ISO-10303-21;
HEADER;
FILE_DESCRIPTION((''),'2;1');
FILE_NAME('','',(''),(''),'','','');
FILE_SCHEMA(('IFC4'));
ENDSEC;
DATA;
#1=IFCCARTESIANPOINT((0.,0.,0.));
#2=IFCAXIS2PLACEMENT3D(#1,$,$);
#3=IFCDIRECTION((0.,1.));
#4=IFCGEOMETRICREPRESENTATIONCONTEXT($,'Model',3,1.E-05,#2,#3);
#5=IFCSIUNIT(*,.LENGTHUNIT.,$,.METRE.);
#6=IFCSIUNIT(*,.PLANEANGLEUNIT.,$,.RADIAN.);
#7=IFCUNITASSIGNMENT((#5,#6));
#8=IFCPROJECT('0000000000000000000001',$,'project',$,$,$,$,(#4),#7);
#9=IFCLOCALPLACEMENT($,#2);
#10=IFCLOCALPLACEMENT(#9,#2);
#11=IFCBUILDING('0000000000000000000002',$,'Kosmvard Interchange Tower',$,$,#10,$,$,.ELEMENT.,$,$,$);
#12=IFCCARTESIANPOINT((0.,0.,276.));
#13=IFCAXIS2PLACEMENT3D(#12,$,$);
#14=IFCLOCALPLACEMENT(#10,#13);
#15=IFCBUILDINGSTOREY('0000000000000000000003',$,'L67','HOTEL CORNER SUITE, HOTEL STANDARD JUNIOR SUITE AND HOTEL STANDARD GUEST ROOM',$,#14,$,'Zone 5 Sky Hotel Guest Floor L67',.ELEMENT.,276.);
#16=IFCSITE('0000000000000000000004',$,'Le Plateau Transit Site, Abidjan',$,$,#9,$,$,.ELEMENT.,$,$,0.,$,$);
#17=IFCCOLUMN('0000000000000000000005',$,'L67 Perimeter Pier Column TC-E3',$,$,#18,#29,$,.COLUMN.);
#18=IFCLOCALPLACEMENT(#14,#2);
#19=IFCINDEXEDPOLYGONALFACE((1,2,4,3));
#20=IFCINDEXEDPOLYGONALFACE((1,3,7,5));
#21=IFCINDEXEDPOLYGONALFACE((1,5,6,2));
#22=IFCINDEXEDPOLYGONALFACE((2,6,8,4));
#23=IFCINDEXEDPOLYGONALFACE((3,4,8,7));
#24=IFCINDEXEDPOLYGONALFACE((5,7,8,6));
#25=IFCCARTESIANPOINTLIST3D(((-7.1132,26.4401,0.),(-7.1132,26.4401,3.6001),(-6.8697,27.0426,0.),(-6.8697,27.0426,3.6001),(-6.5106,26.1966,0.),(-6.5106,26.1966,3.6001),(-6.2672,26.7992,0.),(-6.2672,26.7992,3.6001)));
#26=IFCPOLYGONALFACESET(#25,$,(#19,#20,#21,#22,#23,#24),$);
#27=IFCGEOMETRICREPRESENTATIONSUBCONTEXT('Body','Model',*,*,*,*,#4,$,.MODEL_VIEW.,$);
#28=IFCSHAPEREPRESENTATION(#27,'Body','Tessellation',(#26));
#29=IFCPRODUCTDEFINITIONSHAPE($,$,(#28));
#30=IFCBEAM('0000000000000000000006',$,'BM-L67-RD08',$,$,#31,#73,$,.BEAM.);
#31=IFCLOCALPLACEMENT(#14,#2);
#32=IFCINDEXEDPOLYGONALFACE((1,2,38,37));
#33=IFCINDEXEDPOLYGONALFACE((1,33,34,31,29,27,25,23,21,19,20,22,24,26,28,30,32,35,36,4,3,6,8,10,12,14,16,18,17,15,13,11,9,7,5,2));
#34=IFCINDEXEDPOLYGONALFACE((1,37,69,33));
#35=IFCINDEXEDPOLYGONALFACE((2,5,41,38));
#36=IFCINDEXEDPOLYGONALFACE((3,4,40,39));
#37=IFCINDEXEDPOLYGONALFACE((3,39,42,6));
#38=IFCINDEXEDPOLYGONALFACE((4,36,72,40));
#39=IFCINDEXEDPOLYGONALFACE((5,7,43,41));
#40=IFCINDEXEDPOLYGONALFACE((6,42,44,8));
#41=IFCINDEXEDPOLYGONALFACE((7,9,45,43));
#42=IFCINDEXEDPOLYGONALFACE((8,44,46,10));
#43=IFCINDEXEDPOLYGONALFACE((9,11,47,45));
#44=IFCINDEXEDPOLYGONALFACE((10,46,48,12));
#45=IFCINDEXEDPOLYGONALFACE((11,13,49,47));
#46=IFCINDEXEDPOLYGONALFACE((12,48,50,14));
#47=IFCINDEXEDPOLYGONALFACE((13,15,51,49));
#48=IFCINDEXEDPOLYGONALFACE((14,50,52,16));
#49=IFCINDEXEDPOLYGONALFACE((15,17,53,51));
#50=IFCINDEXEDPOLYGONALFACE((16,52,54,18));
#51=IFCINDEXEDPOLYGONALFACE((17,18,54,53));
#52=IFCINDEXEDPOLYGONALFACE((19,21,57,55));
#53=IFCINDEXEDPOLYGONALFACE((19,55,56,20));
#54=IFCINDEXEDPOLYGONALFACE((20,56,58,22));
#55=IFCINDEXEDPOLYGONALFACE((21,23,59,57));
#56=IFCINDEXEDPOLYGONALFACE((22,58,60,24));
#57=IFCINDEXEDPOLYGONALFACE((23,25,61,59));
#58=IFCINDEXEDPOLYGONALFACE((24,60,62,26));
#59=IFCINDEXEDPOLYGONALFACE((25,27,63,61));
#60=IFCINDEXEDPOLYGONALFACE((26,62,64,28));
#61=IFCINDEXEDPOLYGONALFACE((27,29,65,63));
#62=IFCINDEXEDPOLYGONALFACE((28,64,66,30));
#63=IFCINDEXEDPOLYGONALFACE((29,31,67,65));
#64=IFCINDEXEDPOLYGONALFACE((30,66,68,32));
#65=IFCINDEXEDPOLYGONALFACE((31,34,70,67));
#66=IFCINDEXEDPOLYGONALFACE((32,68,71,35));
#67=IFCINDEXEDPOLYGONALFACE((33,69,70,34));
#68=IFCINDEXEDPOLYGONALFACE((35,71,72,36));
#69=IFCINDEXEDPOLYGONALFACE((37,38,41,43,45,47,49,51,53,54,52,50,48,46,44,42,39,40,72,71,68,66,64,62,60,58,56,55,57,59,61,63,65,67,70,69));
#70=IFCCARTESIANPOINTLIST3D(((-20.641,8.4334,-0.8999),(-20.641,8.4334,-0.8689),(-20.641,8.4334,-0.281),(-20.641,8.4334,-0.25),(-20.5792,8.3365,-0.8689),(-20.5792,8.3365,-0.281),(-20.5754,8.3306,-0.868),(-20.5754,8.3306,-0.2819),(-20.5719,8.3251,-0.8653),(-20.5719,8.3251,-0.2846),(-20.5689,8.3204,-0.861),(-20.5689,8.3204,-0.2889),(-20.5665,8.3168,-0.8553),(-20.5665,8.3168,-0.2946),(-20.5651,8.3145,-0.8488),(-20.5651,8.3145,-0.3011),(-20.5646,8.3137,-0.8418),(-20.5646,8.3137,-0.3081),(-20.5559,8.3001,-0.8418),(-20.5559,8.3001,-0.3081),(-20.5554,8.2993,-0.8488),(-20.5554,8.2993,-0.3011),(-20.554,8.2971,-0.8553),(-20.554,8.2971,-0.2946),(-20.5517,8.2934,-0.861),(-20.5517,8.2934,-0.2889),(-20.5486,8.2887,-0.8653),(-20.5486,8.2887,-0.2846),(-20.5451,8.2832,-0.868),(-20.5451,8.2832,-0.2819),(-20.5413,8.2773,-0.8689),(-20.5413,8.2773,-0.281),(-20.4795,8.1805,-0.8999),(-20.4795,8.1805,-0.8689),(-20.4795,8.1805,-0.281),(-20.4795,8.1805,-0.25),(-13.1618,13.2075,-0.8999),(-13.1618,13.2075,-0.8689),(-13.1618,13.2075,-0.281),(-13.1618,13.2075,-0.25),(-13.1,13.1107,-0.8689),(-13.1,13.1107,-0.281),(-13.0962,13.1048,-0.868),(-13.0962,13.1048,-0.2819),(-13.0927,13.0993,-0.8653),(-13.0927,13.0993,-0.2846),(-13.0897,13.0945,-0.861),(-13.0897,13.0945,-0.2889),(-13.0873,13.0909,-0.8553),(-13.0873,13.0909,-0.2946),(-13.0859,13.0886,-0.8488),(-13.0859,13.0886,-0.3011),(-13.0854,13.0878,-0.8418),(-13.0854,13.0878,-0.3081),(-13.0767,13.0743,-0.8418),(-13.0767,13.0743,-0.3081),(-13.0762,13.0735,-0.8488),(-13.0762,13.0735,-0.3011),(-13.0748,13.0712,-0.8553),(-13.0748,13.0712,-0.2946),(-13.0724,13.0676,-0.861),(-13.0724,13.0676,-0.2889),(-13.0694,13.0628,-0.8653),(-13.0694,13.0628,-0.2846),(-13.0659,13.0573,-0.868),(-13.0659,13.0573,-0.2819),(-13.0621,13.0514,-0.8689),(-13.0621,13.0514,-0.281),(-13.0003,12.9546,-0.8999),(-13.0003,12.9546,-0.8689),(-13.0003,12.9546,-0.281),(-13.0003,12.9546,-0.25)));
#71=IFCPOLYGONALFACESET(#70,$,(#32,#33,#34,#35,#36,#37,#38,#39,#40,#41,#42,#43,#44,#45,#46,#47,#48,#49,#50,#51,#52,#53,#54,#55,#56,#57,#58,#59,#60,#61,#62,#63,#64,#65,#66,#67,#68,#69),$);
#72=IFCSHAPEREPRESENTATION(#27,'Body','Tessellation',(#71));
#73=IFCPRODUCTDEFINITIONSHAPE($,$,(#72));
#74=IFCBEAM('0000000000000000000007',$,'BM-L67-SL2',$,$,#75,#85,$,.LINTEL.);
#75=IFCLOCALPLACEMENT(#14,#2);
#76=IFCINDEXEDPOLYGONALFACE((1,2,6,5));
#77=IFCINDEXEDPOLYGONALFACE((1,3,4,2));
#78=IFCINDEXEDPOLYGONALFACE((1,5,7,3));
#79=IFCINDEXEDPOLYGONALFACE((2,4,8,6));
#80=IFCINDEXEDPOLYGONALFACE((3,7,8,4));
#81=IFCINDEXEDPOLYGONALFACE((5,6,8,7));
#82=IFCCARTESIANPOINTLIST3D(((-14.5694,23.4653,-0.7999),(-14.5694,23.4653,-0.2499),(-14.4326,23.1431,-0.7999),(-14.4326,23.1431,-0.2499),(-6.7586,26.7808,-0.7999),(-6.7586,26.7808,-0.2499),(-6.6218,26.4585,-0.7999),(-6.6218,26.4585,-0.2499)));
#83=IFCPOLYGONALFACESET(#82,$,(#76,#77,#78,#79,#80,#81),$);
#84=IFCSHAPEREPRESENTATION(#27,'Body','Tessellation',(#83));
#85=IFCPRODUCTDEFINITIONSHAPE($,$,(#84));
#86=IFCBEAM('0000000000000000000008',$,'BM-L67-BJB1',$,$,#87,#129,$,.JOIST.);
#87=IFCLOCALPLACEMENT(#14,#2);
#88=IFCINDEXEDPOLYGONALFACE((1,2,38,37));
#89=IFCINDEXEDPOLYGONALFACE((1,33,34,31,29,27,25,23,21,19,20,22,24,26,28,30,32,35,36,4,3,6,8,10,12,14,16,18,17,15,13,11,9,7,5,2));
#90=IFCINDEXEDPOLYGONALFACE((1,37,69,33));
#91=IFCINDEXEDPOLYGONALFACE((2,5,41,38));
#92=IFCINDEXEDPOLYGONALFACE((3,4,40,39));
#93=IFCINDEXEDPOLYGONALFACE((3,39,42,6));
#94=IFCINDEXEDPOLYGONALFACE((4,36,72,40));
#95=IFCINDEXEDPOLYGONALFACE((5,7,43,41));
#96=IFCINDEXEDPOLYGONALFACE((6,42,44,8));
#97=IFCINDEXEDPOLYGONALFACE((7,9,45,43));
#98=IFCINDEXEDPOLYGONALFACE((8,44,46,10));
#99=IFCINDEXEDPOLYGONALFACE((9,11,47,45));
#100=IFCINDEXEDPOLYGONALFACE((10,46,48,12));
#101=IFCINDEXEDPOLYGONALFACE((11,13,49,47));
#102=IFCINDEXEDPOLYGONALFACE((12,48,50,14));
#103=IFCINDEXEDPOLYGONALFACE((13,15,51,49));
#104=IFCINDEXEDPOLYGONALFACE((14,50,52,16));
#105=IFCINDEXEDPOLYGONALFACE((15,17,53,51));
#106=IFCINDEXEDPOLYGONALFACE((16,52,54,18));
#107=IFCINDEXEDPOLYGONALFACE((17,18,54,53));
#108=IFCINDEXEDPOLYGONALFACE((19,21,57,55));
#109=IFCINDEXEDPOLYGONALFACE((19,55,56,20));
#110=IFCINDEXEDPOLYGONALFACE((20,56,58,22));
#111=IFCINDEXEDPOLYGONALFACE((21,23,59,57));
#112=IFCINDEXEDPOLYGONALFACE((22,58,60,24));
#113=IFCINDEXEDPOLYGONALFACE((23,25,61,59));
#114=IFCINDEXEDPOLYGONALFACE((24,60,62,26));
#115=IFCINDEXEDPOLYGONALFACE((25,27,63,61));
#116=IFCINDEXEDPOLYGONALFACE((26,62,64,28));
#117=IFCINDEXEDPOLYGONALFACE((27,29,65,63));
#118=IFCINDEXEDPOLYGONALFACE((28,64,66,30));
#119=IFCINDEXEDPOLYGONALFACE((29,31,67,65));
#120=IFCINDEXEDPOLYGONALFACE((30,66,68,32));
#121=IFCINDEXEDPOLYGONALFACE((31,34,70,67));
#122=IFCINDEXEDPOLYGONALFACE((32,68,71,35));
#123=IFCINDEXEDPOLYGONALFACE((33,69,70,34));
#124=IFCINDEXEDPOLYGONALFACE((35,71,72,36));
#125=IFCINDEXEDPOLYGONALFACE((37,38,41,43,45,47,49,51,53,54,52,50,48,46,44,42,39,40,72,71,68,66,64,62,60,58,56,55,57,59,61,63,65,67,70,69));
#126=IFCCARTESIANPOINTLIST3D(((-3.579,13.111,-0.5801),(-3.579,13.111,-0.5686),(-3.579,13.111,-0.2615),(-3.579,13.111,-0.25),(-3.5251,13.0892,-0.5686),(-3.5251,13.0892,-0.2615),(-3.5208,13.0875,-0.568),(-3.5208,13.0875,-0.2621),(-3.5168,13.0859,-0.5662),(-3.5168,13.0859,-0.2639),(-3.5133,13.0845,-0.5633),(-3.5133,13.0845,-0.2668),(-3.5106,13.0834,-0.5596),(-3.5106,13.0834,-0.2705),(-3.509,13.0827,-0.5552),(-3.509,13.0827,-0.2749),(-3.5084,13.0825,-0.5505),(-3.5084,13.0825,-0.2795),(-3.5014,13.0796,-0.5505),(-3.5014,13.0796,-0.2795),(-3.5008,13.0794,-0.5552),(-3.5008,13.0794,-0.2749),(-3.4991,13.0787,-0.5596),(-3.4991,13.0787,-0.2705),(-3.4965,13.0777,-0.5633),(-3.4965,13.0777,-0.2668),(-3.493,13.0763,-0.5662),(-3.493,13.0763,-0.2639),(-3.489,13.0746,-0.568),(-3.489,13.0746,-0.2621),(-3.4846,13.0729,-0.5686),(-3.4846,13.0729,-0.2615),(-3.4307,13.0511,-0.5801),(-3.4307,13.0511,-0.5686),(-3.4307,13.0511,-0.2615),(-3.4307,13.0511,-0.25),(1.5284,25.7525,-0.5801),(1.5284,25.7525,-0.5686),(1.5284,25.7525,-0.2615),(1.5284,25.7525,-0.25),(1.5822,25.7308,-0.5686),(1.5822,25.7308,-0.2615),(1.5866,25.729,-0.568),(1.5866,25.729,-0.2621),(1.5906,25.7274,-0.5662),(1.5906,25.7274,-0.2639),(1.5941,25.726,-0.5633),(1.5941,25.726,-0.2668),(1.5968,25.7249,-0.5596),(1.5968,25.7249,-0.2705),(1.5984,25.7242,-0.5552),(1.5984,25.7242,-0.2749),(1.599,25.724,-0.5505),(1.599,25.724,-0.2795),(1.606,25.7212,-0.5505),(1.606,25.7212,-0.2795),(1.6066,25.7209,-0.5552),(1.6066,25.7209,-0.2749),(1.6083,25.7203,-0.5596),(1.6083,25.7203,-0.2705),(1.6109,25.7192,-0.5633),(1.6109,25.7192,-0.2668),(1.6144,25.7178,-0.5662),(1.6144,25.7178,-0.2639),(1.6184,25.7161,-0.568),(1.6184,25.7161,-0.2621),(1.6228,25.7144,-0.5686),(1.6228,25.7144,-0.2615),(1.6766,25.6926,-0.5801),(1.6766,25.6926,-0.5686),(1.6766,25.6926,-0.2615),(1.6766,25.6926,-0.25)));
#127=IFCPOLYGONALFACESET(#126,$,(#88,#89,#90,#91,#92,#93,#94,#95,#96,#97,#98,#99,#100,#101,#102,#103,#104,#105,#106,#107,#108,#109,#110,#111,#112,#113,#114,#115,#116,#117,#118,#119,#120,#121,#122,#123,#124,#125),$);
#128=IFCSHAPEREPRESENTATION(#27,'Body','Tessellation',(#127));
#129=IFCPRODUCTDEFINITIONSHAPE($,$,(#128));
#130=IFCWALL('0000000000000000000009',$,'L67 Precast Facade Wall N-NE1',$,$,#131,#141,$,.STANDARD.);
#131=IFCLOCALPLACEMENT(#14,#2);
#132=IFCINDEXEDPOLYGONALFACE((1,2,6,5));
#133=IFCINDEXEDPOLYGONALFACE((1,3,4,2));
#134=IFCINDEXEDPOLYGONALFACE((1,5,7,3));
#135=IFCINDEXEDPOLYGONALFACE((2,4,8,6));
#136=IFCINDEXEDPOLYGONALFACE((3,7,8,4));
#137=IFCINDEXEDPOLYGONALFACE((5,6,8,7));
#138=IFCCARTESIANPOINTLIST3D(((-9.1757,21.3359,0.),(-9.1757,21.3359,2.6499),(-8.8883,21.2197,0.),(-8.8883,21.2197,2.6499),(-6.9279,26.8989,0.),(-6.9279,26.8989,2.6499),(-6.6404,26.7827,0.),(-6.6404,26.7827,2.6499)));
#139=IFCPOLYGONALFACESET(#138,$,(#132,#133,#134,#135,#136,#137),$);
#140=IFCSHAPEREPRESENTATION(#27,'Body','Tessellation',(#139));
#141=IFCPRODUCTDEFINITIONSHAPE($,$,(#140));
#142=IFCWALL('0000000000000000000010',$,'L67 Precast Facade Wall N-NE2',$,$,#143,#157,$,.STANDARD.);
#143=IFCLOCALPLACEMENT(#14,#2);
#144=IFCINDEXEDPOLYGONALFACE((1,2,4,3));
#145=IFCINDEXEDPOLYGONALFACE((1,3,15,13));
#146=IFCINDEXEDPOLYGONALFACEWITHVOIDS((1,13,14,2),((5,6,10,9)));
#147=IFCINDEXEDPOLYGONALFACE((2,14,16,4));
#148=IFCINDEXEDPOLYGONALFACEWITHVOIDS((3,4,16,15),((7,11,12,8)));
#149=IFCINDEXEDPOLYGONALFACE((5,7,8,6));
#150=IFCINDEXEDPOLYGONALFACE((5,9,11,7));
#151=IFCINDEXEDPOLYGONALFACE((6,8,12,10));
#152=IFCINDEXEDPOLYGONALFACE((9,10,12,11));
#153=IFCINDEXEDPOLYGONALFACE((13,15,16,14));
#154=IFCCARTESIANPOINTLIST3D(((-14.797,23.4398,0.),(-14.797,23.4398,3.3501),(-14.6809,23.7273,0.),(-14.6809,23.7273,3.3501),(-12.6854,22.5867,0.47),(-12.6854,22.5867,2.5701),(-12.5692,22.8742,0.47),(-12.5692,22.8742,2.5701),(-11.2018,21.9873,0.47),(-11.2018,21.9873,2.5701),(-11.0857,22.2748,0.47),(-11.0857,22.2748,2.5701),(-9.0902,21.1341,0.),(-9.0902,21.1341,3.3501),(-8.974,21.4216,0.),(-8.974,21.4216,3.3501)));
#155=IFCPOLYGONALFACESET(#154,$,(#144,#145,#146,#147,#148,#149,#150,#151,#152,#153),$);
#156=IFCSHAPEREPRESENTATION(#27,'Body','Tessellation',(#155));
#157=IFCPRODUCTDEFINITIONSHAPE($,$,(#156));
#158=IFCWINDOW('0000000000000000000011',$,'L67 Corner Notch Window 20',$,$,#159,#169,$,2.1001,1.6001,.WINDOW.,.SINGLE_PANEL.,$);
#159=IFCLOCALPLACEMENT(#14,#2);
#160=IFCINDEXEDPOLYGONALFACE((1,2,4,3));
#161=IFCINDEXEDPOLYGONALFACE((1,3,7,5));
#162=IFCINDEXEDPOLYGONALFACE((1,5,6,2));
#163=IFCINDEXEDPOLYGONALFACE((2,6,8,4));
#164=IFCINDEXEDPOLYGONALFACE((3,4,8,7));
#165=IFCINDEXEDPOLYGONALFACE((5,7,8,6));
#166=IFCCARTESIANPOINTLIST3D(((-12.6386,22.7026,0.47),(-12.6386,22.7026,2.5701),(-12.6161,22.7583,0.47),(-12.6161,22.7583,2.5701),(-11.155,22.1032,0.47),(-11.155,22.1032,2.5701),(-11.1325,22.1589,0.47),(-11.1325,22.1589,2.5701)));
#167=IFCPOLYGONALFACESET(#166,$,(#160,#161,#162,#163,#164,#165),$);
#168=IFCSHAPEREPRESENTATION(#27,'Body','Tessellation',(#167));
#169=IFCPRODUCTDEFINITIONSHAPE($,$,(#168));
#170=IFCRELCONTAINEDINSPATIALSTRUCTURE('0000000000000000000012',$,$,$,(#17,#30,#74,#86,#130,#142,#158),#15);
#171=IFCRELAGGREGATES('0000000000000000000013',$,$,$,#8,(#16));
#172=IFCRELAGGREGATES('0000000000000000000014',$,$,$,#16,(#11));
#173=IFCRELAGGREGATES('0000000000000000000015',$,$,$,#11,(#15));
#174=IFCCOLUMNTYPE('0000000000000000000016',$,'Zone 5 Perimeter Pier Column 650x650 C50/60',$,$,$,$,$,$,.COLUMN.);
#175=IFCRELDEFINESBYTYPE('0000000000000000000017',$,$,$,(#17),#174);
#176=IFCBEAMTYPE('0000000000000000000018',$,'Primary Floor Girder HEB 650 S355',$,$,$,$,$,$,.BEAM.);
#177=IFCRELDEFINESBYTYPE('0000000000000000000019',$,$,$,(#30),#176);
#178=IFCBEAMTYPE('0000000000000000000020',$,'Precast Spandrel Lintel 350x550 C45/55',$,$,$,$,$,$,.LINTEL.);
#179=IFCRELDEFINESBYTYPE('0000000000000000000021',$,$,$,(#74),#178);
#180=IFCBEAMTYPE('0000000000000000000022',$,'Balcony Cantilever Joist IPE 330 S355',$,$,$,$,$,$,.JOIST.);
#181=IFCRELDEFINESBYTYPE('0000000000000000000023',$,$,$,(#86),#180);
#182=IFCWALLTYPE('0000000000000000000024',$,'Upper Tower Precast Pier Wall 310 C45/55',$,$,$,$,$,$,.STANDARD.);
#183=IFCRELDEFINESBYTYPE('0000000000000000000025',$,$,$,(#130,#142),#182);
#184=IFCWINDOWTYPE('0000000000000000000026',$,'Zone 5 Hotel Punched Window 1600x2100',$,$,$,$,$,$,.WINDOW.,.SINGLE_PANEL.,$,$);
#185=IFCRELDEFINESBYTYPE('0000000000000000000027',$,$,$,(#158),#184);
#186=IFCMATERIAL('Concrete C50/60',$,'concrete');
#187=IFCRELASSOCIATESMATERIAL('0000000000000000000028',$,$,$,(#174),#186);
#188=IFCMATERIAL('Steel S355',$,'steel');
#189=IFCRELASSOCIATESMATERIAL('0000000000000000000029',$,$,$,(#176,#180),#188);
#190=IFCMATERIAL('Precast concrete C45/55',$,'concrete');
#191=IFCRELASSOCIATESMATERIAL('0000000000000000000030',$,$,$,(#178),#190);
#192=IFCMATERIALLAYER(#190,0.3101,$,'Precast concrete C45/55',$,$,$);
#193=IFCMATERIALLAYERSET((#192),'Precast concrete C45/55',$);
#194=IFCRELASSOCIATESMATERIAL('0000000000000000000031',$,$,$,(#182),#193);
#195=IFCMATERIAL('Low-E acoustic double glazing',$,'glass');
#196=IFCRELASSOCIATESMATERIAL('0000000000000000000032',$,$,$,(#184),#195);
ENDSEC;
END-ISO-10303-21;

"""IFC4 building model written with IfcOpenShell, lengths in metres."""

from ifc_helpers import new_model, si_unit, direction, frame, frame_2d, origin, origin_2d, place, context, subcontext, project, spatial, rectangle, i_section, extrude, source, transform, mapped, material, layer, layer_set, material_profile, profile_set, type_object, element, fill, save


model = new_model("IFC4")

# Units and contexts
model_context = context("Model", 3, precision=1e-05, world=origin(), true_north=direction((0.0, 1.0)))
body_context = subcontext(model_context, "Body", "Model", "MODEL_VIEW")
ifc_project = project(units=[si_unit("LENGTHUNIT", "METRE"), si_unit("PLANEANGLEUNIT", "RADIAN")], contexts=[model_context])

# Site, building, storey
site_placement = place(None, origin())
site = spatial("IfcSite", under=ifc_project, at=site_placement, Name="Le Plateau Transit Site, Abidjan", CompositionType="ELEMENT", RefElevation=0.0)
building_placement = place(site_placement, origin())
building = spatial("IfcBuilding", under=site, at=building_placement, Name="Kosmvard Interchange Tower", CompositionType="ELEMENT")
storey_placement = place(building_placement, frame((0.0, 0.0, 276.0)))
storey = spatial("IfcBuildingStorey", under=building, at=storey_placement, Name="L67", Description="HOTEL CORNER SUITE, HOTEL STANDARD JUNIOR SUITE AND HOTEL STANDARD GUEST ROOM", LongName="Zone 5 Sky Hotel Guest Floor L67", CompositionType="ELEMENT", Elevation=276.0)

# Column
ifc_material_1 = material(Name="Concrete C50/60", Category="concrete")
ifc_material_profile_1 = material_profile(ifc_material_1, rectangle(XDim=0.6499, YDim=0.6499, at=origin_2d()), Name="TC 650x650")
ifc_profile_set_1 = profile_set([ifc_material_profile_1], Name="Concrete C50/60")
column_type = type_object("IfcColumnType", Name="Zone 5 Perimeter Pier Column 650x650 C50/60", PredefinedType="COLUMN", material=ifc_profile_set_1)
shared_shape_1 = source(origin(), body_context, "Body", "SweptSolid", [
    extrude(rectangle(XDim=0.6499, YDim=0.6499, at=origin_2d()), origin(), (0.0, 0.0, 1.0), 3.6001),
])
column_placement = place(storey_placement, frame((-6.6902, 26.6196, 0.0), z_axis=(0.0, 0.0, 1.0), x_axis=(0.374607, 0.927184, 0.0)))
element("IfcColumn", 1, at=column_placement, inside=storey, type_object=column_type, Name="L67 Perimeter Pier Column TC-E3", PredefinedType="COLUMN", context=body_context, shape_type="MappedRepresentation", body=[
    mapped(shared_shape_1, transform((0.0, 0.0, 0.0), scale=1.0)),
])

# Beams
ifc_material_2 = material(Name="Steel S355", Category="steel")
ifc_material_profile_2 = material_profile(ifc_material_2, i_section(OverallWidth=0.3, OverallDepth=0.6499, WebThickness=0.0161, FlangeThickness=0.031, FilletRadius=0.0271, at=origin_2d()), Name="HEB 650")
ifc_profile_set_2 = profile_set([ifc_material_profile_2], Name="Steel S355")
beam_type_1 = type_object("IfcBeamType", Name="Primary Floor Girder HEB 650 S355", PredefinedType="BEAM", material=ifc_profile_set_2)
shared_shape_2 = source(origin(), body_context, "Body", "SweptSolid", [
    extrude(i_section(OverallWidth=0.3, OverallDepth=0.6499, WebThickness=0.0161, FlangeThickness=0.031, FilletRadius=0.0271, at=origin_2d()), origin(), (0.0, 0.0, 1.0), 8.873),
])
beam_1_placement = place(storey_placement, frame((-13.0811, 13.0811, -0.575), z_axis=(-0.842913, -0.53805, 0.0), x_axis=(0.53805, -0.842913, 0.0)))
element("IfcBeam", 2, at=beam_1_placement, inside=storey, type_object=beam_type_1, Name="BM-L67-RD08", PredefinedType="BEAM", context=body_context, shape_type="MappedRepresentation", body=[
    mapped(shared_shape_2, transform((0.0, 0.0, 0.0), scale=1.0)),
])
ifc_material_3 = material(Name="Precast concrete C45/55", Category="concrete")
ifc_material_profile_3 = material_profile(ifc_material_3, rectangle(XDim=0.3501, YDim=0.55, at=origin_2d()), Name="SL 350x550")
ifc_profile_set_3 = profile_set([ifc_material_profile_3], Name="Precast concrete C45/55")
beam_type_2 = type_object("IfcBeamType", Name="Precast Spandrel Lintel 350x550 C45/55", PredefinedType="LINTEL", material=ifc_profile_set_3)
shared_shape_3 = source(origin(), body_context, "Body", "SweptSolid", [
    extrude(rectangle(XDim=0.3501, YDim=0.55, at=origin_2d()), origin(), (0.0, 0.0, 1.0), 8.4854),
])
beam_2_placement = place(storey_placement, frame((-6.6902, 26.6196, -0.5249), z_axis=(-0.920507, -0.390726, 0.0), x_axis=(0.390726, -0.920507, 0.0)))
element("IfcBeam", 3, at=beam_2_placement, inside=storey, type_object=beam_type_2, Name="BM-L67-SL2", PredefinedType="LINTEL", context=body_context, shape_type="MappedRepresentation", body=[
    mapped(shared_shape_3, transform((0.0, 0.0, 0.0), scale=1.0)),
])
ifc_material_profile_4 = material_profile(ifc_material_2, i_section(OverallWidth=0.1599, OverallDepth=0.3301, WebThickness=0.0076, FlangeThickness=0.0115, FilletRadius=0.0181, at=origin_2d()), Name="IPE 330")
ifc_profile_set_4 = profile_set([ifc_material_profile_4], Name="Steel S355")
beam_type_3 = type_object("IfcBeamType", Name="Balcony Cantilever Joist IPE 330 S355", PredefinedType="JOIST", material=ifc_profile_set_4)
shared_shape_4 = source(origin(), body_context, "Body", "SweptSolid", [
    extrude(i_section(OverallWidth=0.1599, OverallDepth=0.3301, WebThickness=0.0076, FlangeThickness=0.0115, FilletRadius=0.0181, at=origin_2d()), origin(), (0.0, 0.0, 1.0), 13.6343),
])
beam_3_placement = place(storey_placement, frame((-3.5049, 13.0811, -0.415), z_axis=(0.374599, 0.927187, 0.0), x_axis=(-0.927187, 0.374599, 0.0)))
element("IfcBeam", 4, at=beam_3_placement, inside=storey, type_object=beam_type_3, Name="BM-L67-BJB1", PredefinedType="JOIST", context=body_context, shape_type="MappedRepresentation", body=[
    mapped(shared_shape_4, transform((0.0, 0.0, 0.0), scale=1.0)),
])

# Wall
ifc_layer_1 = layer(ifc_material_3, 0.3101, Name="Precast concrete C45/55")
ifc_layer_set_1 = layer_set([ifc_layer_1], Name="Precast concrete C45/55")
wall_type_1 = type_object("IfcWallType", Name="Upper Tower Precast Pier Wall 310 C45/55", PredefinedType="STANDARD", material=ifc_layer_set_1)
wall_1_placement = place(storey_placement, frame((-6.7842, 26.8408, 0.0), z_axis=(0.0, 0.0, 1.0), x_axis=(-0.374637, -0.927172, 0.0)))
element("IfcWall", 5, at=wall_1_placement, inside=storey, type_object=wall_type_1, Name="L67 Precast Facade Wall N-NE1", PredefinedType="STANDARD", context=body_context, shape_type="SweptSolid", body=[
    extrude(rectangle(XDim=6.0, YDim=0.3101, at=frame_2d((3.0, 0.0))), origin(), (0.0, 0.0, 1.0), 2.6499),
])

# Wall, opening, window
wall_2_placement = place(storey_placement, frame((-9.032, 21.2778, 0.0), z_axis=(0.0, 0.0, 1.0), x_axis=(-0.927185, 0.374603, 0.0)))
wall_2 = element("IfcWall", 6, at=wall_2_placement, inside=storey, type_object=wall_type_1, Name="L67 Precast Facade Wall N-NE2", PredefinedType="STANDARD", context=body_context, shape_type="SweptSolid", body=[
    extrude(rectangle(XDim=6.155, YDim=0.3101, at=frame_2d((3.0776, 0.0))), origin(), (0.0, 0.0, 1.0), 3.3501),
])
opening_1_placement = place(wall_2_placement, frame((2.2776, 0.0, 0.47)))
opening_1 = element("IfcOpeningElement", 7, at=opening_1_placement, cuts=wall_2, PredefinedType="OPENING", context=body_context, shape_type="SweptSolid", body=[
    extrude(rectangle(XDim=1.6001, YDim=2.1001, at=frame_2d((0.8, 1.05))), frame((0.0, 0.165, 0.0), z_axis=(0.0, -1.0, 0.0), x_axis=(1.0, 0.0, 0.0)), (0.0, 0.0, 1.0), 0.3301),
])
ifc_material_4 = material(Name="Low-E acoustic double glazing", Category="glass")
window_type = type_object("IfcWindowType", Name="Zone 5 Hotel Punched Window 1600x2100", PartitioningType="SINGLE_PANEL", PredefinedType="WINDOW", material=ifc_material_4)
shared_shape_5 = source(origin(), body_context, "Body", "SweptSolid", [
    extrude(rectangle(XDim=1.6001, YDim=2.1001, at=frame_2d((0.8, 1.05))), frame((0.0, 0.03, 0.0), z_axis=(0.0, -1.0, 0.0), x_axis=(1.0, 0.0, 0.0)), (0.0, 0.0, 1.0), 0.0601),
])
window_placement = place(opening_1_placement, origin())
window = element("IfcWindow", 8, at=window_placement, inside=storey, type_object=window_type, Name="L67 Corner Notch Window 20", OverallHeight=2.1001, OverallWidth=1.6001, PartitioningType="SINGLE_PANEL", PredefinedType="WINDOW", context=body_context, shape_type="MappedRepresentation", body=[
    mapped(shared_shape_5, transform((0.0, 0.0, 0.0), scale=1.0)),
])
fill(opening_1, window)

save(model, "model.ifc")
